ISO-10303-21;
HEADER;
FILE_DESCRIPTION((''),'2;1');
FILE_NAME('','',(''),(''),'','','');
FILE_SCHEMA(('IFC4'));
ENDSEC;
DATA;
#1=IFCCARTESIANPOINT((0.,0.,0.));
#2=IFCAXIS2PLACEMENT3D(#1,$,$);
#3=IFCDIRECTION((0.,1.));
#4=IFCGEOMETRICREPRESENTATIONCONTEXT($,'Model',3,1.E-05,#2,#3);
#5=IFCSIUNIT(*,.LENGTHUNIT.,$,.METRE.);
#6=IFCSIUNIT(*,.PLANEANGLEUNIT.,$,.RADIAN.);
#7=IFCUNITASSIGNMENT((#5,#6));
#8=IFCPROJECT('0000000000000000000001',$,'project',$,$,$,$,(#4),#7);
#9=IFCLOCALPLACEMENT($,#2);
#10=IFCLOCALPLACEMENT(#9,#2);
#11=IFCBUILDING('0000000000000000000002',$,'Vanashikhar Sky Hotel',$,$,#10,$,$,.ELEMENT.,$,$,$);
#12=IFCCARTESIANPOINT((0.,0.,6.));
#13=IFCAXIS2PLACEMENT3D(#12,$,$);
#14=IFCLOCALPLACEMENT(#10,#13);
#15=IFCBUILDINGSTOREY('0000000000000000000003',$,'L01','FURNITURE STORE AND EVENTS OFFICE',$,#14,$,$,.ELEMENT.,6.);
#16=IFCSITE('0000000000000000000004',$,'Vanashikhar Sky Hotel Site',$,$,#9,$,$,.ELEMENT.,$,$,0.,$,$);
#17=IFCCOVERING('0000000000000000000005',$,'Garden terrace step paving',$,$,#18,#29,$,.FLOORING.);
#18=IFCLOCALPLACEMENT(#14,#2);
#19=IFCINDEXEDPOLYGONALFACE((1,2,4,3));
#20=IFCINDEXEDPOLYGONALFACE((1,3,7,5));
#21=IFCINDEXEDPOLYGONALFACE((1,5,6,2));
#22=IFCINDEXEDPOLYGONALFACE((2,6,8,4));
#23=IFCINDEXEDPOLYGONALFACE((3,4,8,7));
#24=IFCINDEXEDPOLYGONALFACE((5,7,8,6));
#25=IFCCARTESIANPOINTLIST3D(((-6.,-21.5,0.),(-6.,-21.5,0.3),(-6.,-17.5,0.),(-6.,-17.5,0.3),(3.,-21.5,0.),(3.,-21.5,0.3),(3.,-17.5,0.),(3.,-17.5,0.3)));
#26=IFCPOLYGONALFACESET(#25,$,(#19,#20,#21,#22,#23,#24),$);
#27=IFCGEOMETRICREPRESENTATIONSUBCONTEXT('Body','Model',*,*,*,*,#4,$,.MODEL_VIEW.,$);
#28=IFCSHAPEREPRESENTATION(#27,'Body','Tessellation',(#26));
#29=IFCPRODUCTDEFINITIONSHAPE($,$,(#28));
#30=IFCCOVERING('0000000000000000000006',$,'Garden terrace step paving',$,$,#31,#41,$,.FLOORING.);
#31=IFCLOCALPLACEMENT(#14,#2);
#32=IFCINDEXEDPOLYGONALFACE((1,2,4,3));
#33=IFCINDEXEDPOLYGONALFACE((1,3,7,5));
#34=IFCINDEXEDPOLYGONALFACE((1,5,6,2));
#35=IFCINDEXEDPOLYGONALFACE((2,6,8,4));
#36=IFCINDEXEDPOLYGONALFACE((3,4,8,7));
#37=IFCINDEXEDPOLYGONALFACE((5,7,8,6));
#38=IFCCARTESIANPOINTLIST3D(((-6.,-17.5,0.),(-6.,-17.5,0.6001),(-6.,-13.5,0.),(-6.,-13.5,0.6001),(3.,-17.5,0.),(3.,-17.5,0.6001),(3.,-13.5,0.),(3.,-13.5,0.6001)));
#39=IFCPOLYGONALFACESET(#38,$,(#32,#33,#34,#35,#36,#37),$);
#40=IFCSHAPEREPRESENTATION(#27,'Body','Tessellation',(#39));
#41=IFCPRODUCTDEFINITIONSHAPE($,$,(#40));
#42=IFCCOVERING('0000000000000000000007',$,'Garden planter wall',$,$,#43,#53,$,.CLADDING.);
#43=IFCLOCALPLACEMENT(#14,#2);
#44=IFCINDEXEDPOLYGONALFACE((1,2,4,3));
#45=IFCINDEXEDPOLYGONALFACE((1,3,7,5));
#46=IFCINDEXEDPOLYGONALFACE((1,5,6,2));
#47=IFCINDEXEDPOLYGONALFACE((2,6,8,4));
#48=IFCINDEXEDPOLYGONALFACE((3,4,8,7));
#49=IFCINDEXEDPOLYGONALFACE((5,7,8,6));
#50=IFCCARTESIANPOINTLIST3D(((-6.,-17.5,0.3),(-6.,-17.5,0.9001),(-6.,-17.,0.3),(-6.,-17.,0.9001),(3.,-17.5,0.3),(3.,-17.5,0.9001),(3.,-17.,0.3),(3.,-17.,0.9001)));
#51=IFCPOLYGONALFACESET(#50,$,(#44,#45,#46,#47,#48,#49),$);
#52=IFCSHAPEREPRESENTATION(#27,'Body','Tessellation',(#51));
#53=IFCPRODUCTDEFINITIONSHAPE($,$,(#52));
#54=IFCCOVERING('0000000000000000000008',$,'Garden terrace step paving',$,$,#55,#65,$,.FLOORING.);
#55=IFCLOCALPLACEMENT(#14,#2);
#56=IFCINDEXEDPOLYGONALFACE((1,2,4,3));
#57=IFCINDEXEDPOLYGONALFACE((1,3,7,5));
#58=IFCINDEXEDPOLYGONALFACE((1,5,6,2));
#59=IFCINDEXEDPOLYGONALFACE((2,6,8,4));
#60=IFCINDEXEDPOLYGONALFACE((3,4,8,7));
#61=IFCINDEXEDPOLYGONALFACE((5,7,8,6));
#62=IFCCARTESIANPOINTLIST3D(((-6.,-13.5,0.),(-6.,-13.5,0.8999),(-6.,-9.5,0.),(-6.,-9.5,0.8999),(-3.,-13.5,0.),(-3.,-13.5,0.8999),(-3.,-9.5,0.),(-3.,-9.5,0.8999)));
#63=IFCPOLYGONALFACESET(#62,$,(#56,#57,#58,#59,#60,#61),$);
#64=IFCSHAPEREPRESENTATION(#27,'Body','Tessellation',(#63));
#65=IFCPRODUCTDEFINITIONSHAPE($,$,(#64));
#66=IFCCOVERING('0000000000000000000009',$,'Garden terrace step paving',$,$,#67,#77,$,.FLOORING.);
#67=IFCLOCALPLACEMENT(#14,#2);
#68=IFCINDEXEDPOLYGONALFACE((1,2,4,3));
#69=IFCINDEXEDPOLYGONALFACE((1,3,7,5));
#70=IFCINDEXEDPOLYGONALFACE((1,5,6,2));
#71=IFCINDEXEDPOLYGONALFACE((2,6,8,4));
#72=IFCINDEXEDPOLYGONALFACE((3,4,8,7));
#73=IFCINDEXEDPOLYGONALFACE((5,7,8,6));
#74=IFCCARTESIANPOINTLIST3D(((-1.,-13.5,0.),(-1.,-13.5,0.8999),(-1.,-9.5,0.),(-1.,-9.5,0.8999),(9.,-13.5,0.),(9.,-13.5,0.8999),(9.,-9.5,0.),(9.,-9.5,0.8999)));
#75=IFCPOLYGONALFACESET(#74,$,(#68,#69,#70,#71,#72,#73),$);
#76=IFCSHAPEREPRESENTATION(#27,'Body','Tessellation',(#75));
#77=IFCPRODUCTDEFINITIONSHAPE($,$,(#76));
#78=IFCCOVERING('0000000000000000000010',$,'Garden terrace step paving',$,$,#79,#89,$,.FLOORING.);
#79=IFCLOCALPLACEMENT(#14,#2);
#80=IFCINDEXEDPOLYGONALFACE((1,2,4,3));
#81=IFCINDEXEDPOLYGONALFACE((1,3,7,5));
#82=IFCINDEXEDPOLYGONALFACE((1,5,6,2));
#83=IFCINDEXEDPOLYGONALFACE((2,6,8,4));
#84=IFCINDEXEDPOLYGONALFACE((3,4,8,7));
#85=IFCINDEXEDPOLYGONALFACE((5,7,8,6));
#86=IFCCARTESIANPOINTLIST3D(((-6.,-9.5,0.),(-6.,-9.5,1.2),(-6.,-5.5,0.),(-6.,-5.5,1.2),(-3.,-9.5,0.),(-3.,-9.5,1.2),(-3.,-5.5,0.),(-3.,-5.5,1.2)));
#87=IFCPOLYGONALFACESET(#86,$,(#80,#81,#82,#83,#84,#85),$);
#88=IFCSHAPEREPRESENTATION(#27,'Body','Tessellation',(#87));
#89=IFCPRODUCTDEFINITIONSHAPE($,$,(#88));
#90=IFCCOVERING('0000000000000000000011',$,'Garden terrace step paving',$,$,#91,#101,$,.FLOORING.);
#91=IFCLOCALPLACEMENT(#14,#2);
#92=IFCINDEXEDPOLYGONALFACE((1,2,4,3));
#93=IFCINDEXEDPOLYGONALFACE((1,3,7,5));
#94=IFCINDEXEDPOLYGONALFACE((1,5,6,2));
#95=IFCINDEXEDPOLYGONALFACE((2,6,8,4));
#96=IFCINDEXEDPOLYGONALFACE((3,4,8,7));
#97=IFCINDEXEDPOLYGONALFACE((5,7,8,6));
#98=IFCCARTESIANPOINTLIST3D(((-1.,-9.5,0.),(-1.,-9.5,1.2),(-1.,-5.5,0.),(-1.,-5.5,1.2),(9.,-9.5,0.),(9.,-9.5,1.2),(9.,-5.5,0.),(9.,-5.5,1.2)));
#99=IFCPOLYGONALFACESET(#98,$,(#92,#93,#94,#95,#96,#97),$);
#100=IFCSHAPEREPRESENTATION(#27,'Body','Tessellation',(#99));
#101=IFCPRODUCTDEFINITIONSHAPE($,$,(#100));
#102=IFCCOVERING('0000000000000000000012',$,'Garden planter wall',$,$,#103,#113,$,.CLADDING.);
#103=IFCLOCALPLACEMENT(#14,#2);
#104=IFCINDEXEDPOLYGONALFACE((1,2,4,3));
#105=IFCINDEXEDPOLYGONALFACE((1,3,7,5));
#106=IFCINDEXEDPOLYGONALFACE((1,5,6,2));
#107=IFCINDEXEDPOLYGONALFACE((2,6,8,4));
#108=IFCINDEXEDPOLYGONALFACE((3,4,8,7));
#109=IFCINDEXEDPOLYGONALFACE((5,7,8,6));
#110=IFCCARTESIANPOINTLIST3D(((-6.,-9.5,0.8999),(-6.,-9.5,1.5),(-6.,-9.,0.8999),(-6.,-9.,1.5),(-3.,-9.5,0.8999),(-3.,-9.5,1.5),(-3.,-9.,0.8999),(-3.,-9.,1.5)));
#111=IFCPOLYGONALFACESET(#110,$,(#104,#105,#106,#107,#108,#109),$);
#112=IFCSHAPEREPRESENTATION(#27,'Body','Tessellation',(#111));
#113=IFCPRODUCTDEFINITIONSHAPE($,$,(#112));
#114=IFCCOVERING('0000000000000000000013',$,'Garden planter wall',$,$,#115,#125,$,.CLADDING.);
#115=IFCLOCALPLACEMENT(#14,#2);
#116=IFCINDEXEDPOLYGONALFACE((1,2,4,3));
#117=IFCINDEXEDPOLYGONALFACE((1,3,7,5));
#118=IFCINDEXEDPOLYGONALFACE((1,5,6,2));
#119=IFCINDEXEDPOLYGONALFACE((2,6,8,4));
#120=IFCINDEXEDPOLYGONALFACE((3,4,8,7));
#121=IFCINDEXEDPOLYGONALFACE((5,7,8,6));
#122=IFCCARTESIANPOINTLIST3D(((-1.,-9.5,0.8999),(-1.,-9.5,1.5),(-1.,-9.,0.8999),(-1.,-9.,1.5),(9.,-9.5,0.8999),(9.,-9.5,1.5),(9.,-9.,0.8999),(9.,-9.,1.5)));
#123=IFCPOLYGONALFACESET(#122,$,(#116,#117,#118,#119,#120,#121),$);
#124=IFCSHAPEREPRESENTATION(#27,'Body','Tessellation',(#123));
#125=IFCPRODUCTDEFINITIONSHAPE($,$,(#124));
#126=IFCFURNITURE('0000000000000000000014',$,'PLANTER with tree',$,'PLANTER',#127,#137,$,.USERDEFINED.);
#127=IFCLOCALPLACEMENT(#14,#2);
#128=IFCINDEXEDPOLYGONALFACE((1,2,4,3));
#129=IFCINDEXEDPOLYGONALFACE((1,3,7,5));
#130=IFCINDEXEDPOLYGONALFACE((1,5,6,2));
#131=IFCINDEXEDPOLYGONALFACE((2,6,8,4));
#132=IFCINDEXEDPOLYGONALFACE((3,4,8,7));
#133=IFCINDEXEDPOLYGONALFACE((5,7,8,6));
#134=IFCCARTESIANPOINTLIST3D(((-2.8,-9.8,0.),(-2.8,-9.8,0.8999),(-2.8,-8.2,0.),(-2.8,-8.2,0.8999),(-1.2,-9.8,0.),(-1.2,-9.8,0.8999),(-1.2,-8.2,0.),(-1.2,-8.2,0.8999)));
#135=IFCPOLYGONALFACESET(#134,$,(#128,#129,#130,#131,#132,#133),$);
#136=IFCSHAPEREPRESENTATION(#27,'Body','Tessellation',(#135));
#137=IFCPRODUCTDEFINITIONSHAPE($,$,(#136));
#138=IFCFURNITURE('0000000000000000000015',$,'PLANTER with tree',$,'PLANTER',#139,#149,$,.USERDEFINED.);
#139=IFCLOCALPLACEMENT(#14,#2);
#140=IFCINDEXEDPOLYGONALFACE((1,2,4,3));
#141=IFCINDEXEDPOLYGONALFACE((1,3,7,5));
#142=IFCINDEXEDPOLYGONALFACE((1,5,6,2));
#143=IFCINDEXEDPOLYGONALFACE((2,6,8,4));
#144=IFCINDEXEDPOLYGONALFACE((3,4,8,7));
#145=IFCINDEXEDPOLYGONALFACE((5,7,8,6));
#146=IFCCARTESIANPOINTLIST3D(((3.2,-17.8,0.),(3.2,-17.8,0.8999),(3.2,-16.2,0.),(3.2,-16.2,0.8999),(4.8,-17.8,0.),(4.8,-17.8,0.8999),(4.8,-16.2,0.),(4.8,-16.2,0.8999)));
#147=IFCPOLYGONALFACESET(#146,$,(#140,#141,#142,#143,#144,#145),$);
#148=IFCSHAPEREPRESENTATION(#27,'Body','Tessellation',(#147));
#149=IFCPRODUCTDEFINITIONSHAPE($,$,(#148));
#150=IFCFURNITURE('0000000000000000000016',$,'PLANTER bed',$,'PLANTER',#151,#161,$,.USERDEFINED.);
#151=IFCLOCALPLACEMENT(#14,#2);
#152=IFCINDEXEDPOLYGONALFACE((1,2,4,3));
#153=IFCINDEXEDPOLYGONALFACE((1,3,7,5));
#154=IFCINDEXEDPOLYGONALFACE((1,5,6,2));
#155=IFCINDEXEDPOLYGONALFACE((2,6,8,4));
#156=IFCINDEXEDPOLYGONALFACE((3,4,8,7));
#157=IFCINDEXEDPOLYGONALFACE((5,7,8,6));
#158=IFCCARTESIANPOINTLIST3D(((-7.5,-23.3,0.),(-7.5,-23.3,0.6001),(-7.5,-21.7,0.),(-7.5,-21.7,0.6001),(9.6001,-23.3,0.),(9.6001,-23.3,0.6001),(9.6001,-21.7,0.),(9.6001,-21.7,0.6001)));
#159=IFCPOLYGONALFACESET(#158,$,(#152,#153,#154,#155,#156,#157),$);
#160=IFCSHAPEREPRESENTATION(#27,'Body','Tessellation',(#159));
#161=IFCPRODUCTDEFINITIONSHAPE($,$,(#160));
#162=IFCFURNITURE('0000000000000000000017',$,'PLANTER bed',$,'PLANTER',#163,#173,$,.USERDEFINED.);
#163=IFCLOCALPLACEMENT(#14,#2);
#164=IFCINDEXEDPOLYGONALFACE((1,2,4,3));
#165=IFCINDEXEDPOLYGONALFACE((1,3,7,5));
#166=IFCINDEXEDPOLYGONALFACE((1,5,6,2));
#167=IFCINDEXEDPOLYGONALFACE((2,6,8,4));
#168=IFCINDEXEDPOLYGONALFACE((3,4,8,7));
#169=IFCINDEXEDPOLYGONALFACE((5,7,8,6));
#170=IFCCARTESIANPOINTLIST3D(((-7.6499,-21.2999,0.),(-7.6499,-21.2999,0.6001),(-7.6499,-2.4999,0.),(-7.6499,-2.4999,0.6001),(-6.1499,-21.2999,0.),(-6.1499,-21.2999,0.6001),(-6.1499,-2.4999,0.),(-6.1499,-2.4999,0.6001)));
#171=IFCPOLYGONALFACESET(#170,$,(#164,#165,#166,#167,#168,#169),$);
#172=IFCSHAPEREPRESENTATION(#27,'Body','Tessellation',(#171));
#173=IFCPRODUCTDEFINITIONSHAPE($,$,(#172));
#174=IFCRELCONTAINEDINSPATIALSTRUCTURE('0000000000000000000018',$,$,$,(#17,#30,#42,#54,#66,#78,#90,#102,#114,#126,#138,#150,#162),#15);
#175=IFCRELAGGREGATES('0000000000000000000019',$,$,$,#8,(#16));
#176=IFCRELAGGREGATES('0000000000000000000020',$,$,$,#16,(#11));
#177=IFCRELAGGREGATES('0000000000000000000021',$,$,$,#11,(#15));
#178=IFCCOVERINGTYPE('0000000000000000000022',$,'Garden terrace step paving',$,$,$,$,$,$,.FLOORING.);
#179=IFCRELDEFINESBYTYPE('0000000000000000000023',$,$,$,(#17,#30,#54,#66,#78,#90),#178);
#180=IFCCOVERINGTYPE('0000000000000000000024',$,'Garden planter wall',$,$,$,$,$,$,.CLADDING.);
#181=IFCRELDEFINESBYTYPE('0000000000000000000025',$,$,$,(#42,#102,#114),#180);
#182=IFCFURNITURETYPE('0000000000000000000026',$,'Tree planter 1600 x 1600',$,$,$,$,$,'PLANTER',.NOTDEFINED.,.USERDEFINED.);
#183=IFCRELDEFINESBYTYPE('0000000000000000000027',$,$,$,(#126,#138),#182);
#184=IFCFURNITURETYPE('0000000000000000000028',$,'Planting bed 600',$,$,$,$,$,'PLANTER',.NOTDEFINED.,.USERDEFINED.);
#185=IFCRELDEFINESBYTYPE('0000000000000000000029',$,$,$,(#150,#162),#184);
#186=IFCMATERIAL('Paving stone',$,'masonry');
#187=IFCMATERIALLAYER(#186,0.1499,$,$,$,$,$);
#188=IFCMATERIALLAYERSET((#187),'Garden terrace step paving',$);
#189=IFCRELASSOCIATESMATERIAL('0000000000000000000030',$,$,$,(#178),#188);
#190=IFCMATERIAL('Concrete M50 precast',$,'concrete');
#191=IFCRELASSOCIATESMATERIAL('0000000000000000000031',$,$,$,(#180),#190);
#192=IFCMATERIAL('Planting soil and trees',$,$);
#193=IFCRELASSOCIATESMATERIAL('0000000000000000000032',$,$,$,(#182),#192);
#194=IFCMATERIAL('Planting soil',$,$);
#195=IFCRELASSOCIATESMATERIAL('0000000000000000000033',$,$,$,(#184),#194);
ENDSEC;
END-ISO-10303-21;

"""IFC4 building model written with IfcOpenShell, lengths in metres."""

from ifc_helpers import new_model, si_unit, direction, frame, origin, origin_2d, place, context, subcontext, project, spatial, rectangle, extrude, source, transform, mapped, material, layer, layer_set, type_object, element, save


model = new_model("IFC4")

# Units and contexts
model_context = context("Model", 3, precision=1e-05, world=origin(), true_north=direction((0.0, 1.0)))
body_context = subcontext(model_context, "Body", "Model", "MODEL_VIEW")
ifc_project = project(units=[si_unit("LENGTHUNIT", "METRE"), si_unit("PLANEANGLEUNIT", "RADIAN")], contexts=[model_context])

# Site, building, storey
site_placement = place(None, origin())
site = spatial("IfcSite", under=ifc_project, at=site_placement, Name="Vanashikhar Sky Hotel Site", CompositionType="ELEMENT", RefElevation=0.0)
building_placement = place(site_placement, origin())
building = spatial("IfcBuilding", under=site, at=building_placement, Name="Vanashikhar Sky Hotel", CompositionType="ELEMENT")
storey_placement = place(building_placement, frame((0.0, 0.0, 6.0)))
storey = spatial("IfcBuildingStorey", under=building, at=storey_placement, Name="L01", Description="FURNITURE STORE AND EVENTS OFFICE", CompositionType="ELEMENT", Elevation=6.0)

# Coverings
ifc_material_1 = material(Name="Paving stone", Category="masonry")
ifc_layer_1 = layer(ifc_material_1, 0.1499)
ifc_layer_set_1 = layer_set([ifc_layer_1], Name="Garden terrace step paving")
covering_type_1 = type_object("IfcCoveringType", Name="Garden terrace step paving", PredefinedType="FLOORING", material=ifc_layer_set_1)
shared_shape_1 = source(origin(), body_context, "Body", "SweptSolid", [
    extrude(rectangle(XDim=9.0, YDim=4.0, at=origin_2d()), origin(), (0.0, 0.0, 1.0), 0.3),
])
covering_1_placement = place(storey_placement, frame((-1.5, -19.5, 0.0), z_axis=(0.0, 0.0, 1.0), x_axis=(1.0, 0.0, 0.0)))
element("IfcCovering", 1, at=covering_1_placement, inside=storey, type_object=covering_type_1, Name="Garden terrace step paving", PredefinedType="FLOORING", context=body_context, shape_type="MappedRepresentation", body=[
    mapped(shared_shape_1, transform((0.0, 0.0, 0.0), scale=1.0)),
])
shared_shape_2 = source(origin(), body_context, "Body", "SweptSolid", [
    extrude(rectangle(XDim=9.0, YDim=4.0, at=origin_2d()), origin(), (0.0, 0.0, 1.0), 0.6001),
])
covering_2_placement = place(storey_placement, frame((-1.5, -15.5, 0.0), z_axis=(0.0, 0.0, 1.0), x_axis=(1.0, 0.0, 0.0)))
element("IfcCovering", 2, at=covering_2_placement, inside=storey, type_object=covering_type_1, Name="Garden terrace step paving", PredefinedType="FLOORING", context=body_context, shape_type="MappedRepresentation", body=[
    mapped(shared_shape_2, transform((0.0, 0.0, 0.0), scale=1.0)),
])
ifc_material_2 = material(Name="Concrete M50 precast", Category="concrete")
covering_type_2 = type_object("IfcCoveringType", Name="Garden planter wall", PredefinedType="CLADDING", material=ifc_material_2)
shared_shape_3 = source(origin(), body_context, "Body", "SweptSolid", [
    extrude(rectangle(XDim=9.0, YDim=0.5, at=origin_2d()), origin(), (0.0, 0.0, 1.0), 0.6001),
])
covering_3_placement = place(storey_placement, frame((-1.5, -17.25, 0.3), z_axis=(0.0, 0.0, 1.0), x_axis=(1.0, 0.0, 0.0)))
element("IfcCovering", 3, at=covering_3_placement, inside=storey, type_object=covering_type_2, Name="Garden planter wall", PredefinedType="CLADDING", context=body_context, shape_type="MappedRepresentation", body=[
    mapped(shared_shape_3, transform((0.0, 0.0, 0.0), scale=1.0)),
])
shared_shape_4 = source(origin(), body_context, "Body", "SweptSolid", [
    extrude(rectangle(XDim=3.0, YDim=4.0, at=origin_2d()), origin(), (0.0, 0.0, 1.0), 0.8999),
])
covering_4_placement = place(storey_placement, frame((-4.5, -11.5, 0.0), z_axis=(0.0, 0.0, 1.0), x_axis=(1.0, 0.0, 0.0)))
element("IfcCovering", 4, at=covering_4_placement, inside=storey, type_object=covering_type_1, Name="Garden terrace step paving", PredefinedType="FLOORING", context=body_context, shape_type="MappedRepresentation", body=[
    mapped(shared_shape_4, transform((0.0, 0.0, 0.0), scale=1.0)),
])
shared_shape_5 = source(origin(), body_context, "Body", "SweptSolid", [
    extrude(rectangle(XDim=10.0, YDim=4.0, at=origin_2d()), origin(), (0.0, 0.0, 1.0), 0.8999),
])
covering_5_placement = place(storey_placement, frame((4.0, -11.5, 0.0), z_axis=(0.0, 0.0, 1.0), x_axis=(1.0, 0.0, 0.0)))
element("IfcCovering", 5, at=covering_5_placement, inside=storey, type_object=covering_type_1, Name="Garden terrace step paving", PredefinedType="FLOORING", context=body_context, shape_type="MappedRepresentation", body=[
    mapped(shared_shape_5, transform((0.0, 0.0, 0.0), scale=1.0)),
])
shared_shape_6 = source(origin(), body_context, "Body", "SweptSolid", [
    extrude(rectangle(XDim=3.0, YDim=4.0, at=origin_2d()), origin(), (0.0, 0.0, 1.0), 1.2),
])
covering_6_placement = place(storey_placement, frame((-4.5, -7.5, 0.0), z_axis=(0.0, 0.0, 1.0), x_axis=(1.0, 0.0, 0.0)))
element("IfcCovering", 6, at=covering_6_placement, inside=storey, type_object=covering_type_1, Name="Garden terrace step paving", PredefinedType="FLOORING", context=body_context, shape_type="MappedRepresentation", body=[
    mapped(shared_shape_6, transform((0.0, 0.0, 0.0), scale=1.0)),
])
shared_shape_7 = source(origin(), body_context, "Body", "SweptSolid", [
    extrude(rectangle(XDim=10.0, YDim=4.0, at=origin_2d()), origin(), (0.0, 0.0, 1.0), 1.2),
])
covering_7_placement = place(storey_placement, frame((4.0, -7.5, 0.0), z_axis=(0.0, 0.0, 1.0), x_axis=(1.0, 0.0, 0.0)))
element("IfcCovering", 7, at=covering_7_placement, inside=storey, type_object=covering_type_1, Name="Garden terrace step paving", PredefinedType="FLOORING", context=body_context, shape_type="MappedRepresentation", body=[
    mapped(shared_shape_7, transform((0.0, 0.0, 0.0), scale=1.0)),
])
shared_shape_8 = source(origin(), body_context, "Body", "SweptSolid", [
    extrude(rectangle(XDim=3.0, YDim=0.5, at=origin_2d()), origin(), (0.0, 0.0, 1.0), 0.6001),
])
covering_8_placement = place(storey_placement, frame((-4.5, -9.25, 0.8999), z_axis=(0.0, 0.0, 1.0), x_axis=(1.0, 0.0, 0.0)))
element("IfcCovering", 8, at=covering_8_placement, inside=storey, type_object=covering_type_2, Name="Garden planter wall", PredefinedType="CLADDING", context=body_context, shape_type="MappedRepresentation", body=[
    mapped(shared_shape_8, transform((0.0, 0.0, 0.0), scale=1.0)),
])
shared_shape_9 = source(origin(), body_context, "Body", "SweptSolid", [
    extrude(rectangle(XDim=10.0, YDim=0.5, at=origin_2d()), origin(), (0.0, 0.0, 1.0), 0.6001),
])
covering_9_placement = place(storey_placement, frame((4.0, -9.25, 0.8999), z_axis=(0.0, 0.0, 1.0), x_axis=(1.0, 0.0, 0.0)))
element("IfcCovering", 9, at=covering_9_placement, inside=storey, type_object=covering_type_2, Name="Garden planter wall", PredefinedType="CLADDING", context=body_context, shape_type="MappedRepresentation", body=[
    mapped(shared_shape_9, transform((0.0, 0.0, 0.0), scale=1.0)),
])

# Furniture
ifc_material_3 = material(Name="Planting soil and trees")
furniture_type_1 = type_object("IfcFurnitureType", Name="Tree planter 1600 x 1600", ElementType="PLANTER", AssemblyPlace="NOTDEFINED", PredefinedType="USERDEFINED", material=ifc_material_3)
shared_shape_10 = source(origin(), body_context, "Body", "SweptSolid", [
    extrude(rectangle(XDim=1.6001, YDim=1.6001, at=origin_2d()), origin(), (0.0, 0.0, 1.0), 0.8999),
])
for number, where, z_axis, x_axis, name in (
    (10, (-2.0, -9.0, 0.0), (0.0, 0.0, 1.0), (1.0, 0.0, 0.0), "PLANTER with tree"),
    (11, (4.0, -17.0, 0.0), (0.0, 0.0, 1.0), (1.0, 0.0, 0.0), "PLANTER with tree"),
):
    element("IfcFurniture", number, at=place(storey_placement, frame(where, z_axis=z_axis, x_axis=x_axis)), inside=storey, type_object=furniture_type_1, Name=name, ObjectType="PLANTER", PredefinedType="USERDEFINED", context=body_context, shape_type="MappedRepresentation", body=[
        mapped(shared_shape_10, transform((0.0, 0.0, 0.0), scale=1.0)),
    ])
ifc_material_4 = material(Name="Planting soil")
furniture_type_2 = type_object("IfcFurnitureType", Name="Planting bed 600", ElementType="PLANTER", AssemblyPlace="NOTDEFINED", PredefinedType="USERDEFINED", material=ifc_material_4)
shared_shape_11 = source(origin(), body_context, "Body", "SweptSolid", [
    extrude(rectangle(XDim=17.1001, YDim=1.6001, at=origin_2d()), origin(), (0.0, 0.0, 1.0), 0.6001),
])
furniture_1_placement = place(storey_placement, frame((1.05, -22.5, 0.0), z_axis=(0.0, 0.0, 1.0), x_axis=(1.0, 0.0, 0.0)))
element("IfcFurniture", 12, at=furniture_1_placement, inside=storey, type_object=furniture_type_2, Name="PLANTER bed", ObjectType="PLANTER", PredefinedType="USERDEFINED", context=body_context, shape_type="MappedRepresentation", body=[
    mapped(shared_shape_11, transform((0.0, 0.0, 0.0), scale=1.0)),
])
shared_shape_12 = source(origin(), body_context, "Body", "SweptSolid", [
    extrude(rectangle(XDim=1.5, YDim=18.8, at=origin_2d()), origin(), (0.0, 0.0, 1.0), 0.6001),
])
furniture_2_placement = place(storey_placement, frame((-6.8999, -11.8999, 0.0), z_axis=(0.0, 0.0, 1.0), x_axis=(1.0, 0.0, 0.0)))
element("IfcFurniture", 13, at=furniture_2_placement, inside=storey, type_object=furniture_type_2, Name="PLANTER bed", ObjectType="PLANTER", PredefinedType="USERDEFINED", context=body_context, shape_type="MappedRepresentation", body=[
    mapped(shared_shape_12, transform((0.0, 0.0, 0.0), scale=1.0)),
])

save(model, "model.ifc")
